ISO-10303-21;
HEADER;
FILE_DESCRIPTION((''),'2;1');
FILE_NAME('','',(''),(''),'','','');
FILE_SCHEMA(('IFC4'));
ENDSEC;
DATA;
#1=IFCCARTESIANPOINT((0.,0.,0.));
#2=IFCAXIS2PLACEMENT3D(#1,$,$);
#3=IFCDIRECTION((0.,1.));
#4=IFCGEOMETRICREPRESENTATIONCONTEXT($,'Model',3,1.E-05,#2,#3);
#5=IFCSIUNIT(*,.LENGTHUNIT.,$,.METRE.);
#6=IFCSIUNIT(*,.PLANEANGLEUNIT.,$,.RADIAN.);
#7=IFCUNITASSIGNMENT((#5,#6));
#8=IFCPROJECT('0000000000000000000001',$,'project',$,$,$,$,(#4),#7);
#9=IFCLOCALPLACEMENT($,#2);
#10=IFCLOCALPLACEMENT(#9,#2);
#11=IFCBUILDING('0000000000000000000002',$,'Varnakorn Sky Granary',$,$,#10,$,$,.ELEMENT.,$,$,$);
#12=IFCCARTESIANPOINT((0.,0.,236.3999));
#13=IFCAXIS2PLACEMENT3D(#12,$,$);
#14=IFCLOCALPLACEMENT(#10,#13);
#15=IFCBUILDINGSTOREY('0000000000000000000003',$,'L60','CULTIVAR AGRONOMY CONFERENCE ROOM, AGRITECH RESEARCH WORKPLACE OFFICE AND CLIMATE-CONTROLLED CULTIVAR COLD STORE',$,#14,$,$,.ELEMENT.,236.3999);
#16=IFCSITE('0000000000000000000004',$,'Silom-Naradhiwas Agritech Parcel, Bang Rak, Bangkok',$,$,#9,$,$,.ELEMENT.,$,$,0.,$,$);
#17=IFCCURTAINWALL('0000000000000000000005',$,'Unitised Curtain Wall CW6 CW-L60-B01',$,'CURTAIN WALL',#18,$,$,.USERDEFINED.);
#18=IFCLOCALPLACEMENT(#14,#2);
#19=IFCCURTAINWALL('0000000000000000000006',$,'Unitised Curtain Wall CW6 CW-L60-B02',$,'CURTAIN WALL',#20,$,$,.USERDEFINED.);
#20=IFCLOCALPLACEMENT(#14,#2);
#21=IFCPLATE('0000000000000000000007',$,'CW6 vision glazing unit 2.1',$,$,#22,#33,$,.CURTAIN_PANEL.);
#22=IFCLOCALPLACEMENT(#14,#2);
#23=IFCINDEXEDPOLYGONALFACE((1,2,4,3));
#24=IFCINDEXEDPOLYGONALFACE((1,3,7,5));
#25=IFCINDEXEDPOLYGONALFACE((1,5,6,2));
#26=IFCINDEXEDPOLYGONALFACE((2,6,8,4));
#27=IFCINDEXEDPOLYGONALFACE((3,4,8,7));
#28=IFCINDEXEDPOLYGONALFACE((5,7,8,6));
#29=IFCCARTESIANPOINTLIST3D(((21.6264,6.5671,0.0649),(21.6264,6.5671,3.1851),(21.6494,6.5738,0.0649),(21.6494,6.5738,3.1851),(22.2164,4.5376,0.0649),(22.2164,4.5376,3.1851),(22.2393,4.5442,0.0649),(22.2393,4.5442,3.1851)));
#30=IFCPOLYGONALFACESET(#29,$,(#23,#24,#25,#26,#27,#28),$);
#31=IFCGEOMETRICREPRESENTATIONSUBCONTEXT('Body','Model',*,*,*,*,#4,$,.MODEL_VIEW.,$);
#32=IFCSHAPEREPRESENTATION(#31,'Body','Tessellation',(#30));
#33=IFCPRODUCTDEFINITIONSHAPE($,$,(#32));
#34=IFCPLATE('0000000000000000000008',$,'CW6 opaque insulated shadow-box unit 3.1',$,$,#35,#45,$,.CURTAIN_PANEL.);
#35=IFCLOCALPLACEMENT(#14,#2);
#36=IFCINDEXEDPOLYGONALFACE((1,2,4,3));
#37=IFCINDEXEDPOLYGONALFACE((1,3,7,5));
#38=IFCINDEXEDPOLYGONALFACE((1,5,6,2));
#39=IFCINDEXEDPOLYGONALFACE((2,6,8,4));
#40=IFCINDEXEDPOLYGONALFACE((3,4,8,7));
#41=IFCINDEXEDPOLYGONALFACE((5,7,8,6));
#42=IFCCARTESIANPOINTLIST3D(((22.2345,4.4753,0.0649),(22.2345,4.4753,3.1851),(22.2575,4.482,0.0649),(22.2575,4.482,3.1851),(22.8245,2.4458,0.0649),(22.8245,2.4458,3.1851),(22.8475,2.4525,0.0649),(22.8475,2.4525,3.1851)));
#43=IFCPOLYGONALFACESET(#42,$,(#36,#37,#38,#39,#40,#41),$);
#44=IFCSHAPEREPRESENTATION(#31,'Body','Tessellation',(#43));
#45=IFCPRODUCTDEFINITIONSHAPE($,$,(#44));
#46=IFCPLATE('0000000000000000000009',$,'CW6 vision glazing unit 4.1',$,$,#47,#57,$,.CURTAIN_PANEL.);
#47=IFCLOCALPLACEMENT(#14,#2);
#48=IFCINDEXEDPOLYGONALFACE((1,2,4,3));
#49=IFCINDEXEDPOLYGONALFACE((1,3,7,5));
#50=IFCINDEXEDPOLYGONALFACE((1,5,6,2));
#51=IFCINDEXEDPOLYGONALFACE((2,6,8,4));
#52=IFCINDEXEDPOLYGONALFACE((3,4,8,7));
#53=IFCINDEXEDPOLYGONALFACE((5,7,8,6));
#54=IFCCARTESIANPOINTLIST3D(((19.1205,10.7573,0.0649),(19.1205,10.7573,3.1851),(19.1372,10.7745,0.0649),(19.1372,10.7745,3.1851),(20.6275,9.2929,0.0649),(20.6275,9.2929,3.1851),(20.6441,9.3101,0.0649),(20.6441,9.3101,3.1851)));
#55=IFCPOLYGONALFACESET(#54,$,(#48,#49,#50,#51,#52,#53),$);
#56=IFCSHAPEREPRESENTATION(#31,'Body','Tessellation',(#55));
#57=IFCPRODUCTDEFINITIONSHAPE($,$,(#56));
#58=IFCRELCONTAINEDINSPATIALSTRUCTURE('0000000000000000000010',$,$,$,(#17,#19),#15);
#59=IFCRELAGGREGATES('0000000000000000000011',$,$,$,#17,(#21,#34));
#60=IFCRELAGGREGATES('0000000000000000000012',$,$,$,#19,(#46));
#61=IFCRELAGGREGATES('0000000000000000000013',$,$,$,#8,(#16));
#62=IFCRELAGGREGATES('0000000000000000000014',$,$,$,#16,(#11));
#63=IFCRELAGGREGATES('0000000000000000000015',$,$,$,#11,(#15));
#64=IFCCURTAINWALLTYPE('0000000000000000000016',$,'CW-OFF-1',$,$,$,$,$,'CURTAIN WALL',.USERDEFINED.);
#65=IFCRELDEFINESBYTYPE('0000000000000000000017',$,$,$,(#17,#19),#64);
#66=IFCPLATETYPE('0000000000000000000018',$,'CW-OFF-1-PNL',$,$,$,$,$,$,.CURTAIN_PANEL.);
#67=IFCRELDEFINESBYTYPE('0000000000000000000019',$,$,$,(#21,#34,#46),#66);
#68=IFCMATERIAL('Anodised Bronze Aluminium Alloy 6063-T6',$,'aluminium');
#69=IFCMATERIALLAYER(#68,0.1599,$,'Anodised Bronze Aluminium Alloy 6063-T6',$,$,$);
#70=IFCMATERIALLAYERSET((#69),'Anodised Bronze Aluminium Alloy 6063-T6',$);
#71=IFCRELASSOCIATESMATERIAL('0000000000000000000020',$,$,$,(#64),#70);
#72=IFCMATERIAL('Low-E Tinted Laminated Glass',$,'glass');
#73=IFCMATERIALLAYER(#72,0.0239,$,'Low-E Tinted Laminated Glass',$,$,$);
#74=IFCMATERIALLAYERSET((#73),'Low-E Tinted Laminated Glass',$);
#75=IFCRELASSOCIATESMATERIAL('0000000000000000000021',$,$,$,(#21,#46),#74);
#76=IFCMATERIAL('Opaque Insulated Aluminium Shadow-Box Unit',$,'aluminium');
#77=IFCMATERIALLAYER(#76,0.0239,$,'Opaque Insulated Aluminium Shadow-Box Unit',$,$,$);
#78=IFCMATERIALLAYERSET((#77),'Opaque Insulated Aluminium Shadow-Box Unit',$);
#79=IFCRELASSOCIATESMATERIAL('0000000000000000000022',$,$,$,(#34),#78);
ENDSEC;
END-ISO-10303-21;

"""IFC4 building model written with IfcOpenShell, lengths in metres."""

from ifc_helpers import new_model, si_unit, direction, frame, origin, origin_2d, place, context, subcontext, project, spatial, rectangle, extrude, source, transform, mapped, material, layer, layer_set, type_object, element, aggregate, save


model = new_model("IFC4")

# Units and contexts
model_context = context("Model", 3, precision=1e-05, world=origin(), true_north=direction((0.0, 1.0)))
body_context = subcontext(model_context, "Body", "Model", "MODEL_VIEW")
ifc_project = project(units=[si_unit("LENGTHUNIT", "METRE"), si_unit("PLANEANGLEUNIT", "RADIAN")], contexts=[model_context])

# Site, building, storey
site_placement = place(None, origin())
site = spatial("IfcSite", under=ifc_project, at=site_placement, Name="Silom-Naradhiwas Agritech Parcel, Bang Rak, Bangkok", CompositionType="ELEMENT", RefElevation=0.0)
building_placement = place(site_placement, origin())
building = spatial("IfcBuilding", under=site, at=building_placement, Name="Varnakorn Sky Granary", CompositionType="ELEMENT")
storey_placement = place(building_placement, frame((0.0, 0.0, 236.3999)))
storey = spatial("IfcBuildingStorey", under=building, at=storey_placement, Name="L60", Description="CULTIVAR AGRONOMY CONFERENCE ROOM, AGRITECH RESEARCH WORKPLACE OFFICE AND CLIMATE-CONTROLLED CULTIVAR COLD STORE", CompositionType="ELEMENT", Elevation=236.3999)

# Curtain wall
ifc_material_1 = material(Name="Anodised Bronze Aluminium Alloy 6063-T6", Category="aluminium")
ifc_layer_1 = layer(ifc_material_1, 0.1599, Name="Anodised Bronze Aluminium Alloy 6063-T6")
ifc_layer_set_1 = layer_set([ifc_layer_1], Name="Anodised Bronze Aluminium Alloy 6063-T6")
curtain_wall_type = type_object("IfcCurtainWallType", Name="CW-OFF-1", ElementType="CURTAIN WALL", PredefinedType="USERDEFINED", material=ifc_layer_set_1)
curtain_wall_1_placement = place(storey_placement, origin())
curtain_wall_1 = element("IfcCurtainWall", 1, at=curtain_wall_1_placement, inside=storey, type_object=curtain_wall_type, Name="Unitised Curtain Wall CW6 CW-L60-B01", ObjectType="CURTAIN WALL", PredefinedType="USERDEFINED")

# Curtain wall
curtain_wall_2_placement = place(storey_placement, origin())
curtain_wall_2 = element("IfcCurtainWall", 2, at=curtain_wall_2_placement, inside=storey, type_object=curtain_wall_type, Name="Unitised Curtain Wall CW6 CW-L60-B02", ObjectType="CURTAIN WALL", PredefinedType="USERDEFINED")

# Plates
ifc_material_2 = material(Name="Low-E Tinted Laminated Glass", Category="glass")
ifc_layer_2 = layer(ifc_material_2, 0.0239, Name="Low-E Tinted Laminated Glass")
ifc_layer_set_2 = layer_set([ifc_layer_2], Name="Low-E Tinted Laminated Glass")
plate_type = type_object("IfcPlateType", Name="CW-OFF-1-PNL", PredefinedType="CURTAIN_PANEL")
ifc_material_3 = material(Name="Opaque Insulated Aluminium Shadow-Box Unit", Category="aluminium")
ifc_layer_3 = layer(ifc_material_3, 0.0239, Name="Opaque Insulated Aluminium Shadow-Box Unit")
ifc_layer_set_3 = layer_set([ifc_layer_3], Name="Opaque Insulated Aluminium Shadow-Box Unit")
shared_shape_1 = source(origin(), body_context, "Body", "SweptSolid", [
    extrude(rectangle(XDim=2.1135, YDim=0.0239, at=origin_2d()), origin(), (0.0, 0.0, 1.0), 3.1201),
])
plate_1_placement = place(storey_placement, frame((21.9329, 5.5557, 0.0649), z_axis=(0.0, 0.0, 1.0), x_axis=(0.279141, -0.96025, 0.0)))
plate_1 = element("IfcPlate", 3, at=plate_1_placement, type_object=plate_type, material=ifc_layer_set_2, Name="CW6 vision glazing unit 2.1", PredefinedType="CURTAIN_PANEL", context=body_context, shape_type="MappedRepresentation", body=[
    mapped(shared_shape_1, transform((0.0, 0.0, 0.0), x_axis=(1.0, 0.0, 0.0), y_axis=(0.0, 1.0, 0.0), z_axis=(0.0, 0.0, 1.0), scale=1.0)),
])
plate_2_placement = place(storey_placement, frame((22.541, 3.4639, 0.0649), z_axis=(0.0, 0.0, 1.0), x_axis=(0.279141, -0.96025, 0.0)))
plate_2 = element("IfcPlate", 4, at=plate_2_placement, type_object=plate_type, material=ifc_layer_set_3, Name="CW6 opaque insulated shadow-box unit 3.1", PredefinedType="CURTAIN_PANEL", context=body_context, shape_type="MappedRepresentation", body=[
    mapped(shared_shape_1, transform((0.0, 0.0, 0.0), x_axis=(1.0, 0.0, 0.0), y_axis=(0.0, 1.0, 0.0), z_axis=(0.0, 0.0, 1.0), scale=1.0)),
])
aggregate(curtain_wall_1, [plate_1, plate_2])
shared_shape_2 = source(origin(), body_context, "Body", "SweptSolid", [
    extrude(rectangle(XDim=2.1013, YDim=0.0239, at=origin_2d()), origin(), (0.0, 0.0, 1.0), 3.1201),
])
plate_3_placement = place(storey_placement, frame((19.8823, 10.0337, 0.0649), z_axis=(0.0, 0.0, 1.0), x_axis=(0.717154, -0.696915, 0.0)))
plate_3 = element("IfcPlate", 5, at=plate_3_placement, type_object=plate_type, material=ifc_layer_set_2, Name="CW6 vision glazing unit 4.1", PredefinedType="CURTAIN_PANEL", context=body_context, shape_type="MappedRepresentation", body=[
    mapped(shared_shape_2, transform((0.0, 0.0, 0.0), x_axis=(1.0, 0.0, 0.0), y_axis=(0.0, 1.0, 0.0), z_axis=(0.0, 0.0, 1.0), scale=1.0)),
])
aggregate(curtain_wall_2, [plate_3])

save(model, "model.ifc")
